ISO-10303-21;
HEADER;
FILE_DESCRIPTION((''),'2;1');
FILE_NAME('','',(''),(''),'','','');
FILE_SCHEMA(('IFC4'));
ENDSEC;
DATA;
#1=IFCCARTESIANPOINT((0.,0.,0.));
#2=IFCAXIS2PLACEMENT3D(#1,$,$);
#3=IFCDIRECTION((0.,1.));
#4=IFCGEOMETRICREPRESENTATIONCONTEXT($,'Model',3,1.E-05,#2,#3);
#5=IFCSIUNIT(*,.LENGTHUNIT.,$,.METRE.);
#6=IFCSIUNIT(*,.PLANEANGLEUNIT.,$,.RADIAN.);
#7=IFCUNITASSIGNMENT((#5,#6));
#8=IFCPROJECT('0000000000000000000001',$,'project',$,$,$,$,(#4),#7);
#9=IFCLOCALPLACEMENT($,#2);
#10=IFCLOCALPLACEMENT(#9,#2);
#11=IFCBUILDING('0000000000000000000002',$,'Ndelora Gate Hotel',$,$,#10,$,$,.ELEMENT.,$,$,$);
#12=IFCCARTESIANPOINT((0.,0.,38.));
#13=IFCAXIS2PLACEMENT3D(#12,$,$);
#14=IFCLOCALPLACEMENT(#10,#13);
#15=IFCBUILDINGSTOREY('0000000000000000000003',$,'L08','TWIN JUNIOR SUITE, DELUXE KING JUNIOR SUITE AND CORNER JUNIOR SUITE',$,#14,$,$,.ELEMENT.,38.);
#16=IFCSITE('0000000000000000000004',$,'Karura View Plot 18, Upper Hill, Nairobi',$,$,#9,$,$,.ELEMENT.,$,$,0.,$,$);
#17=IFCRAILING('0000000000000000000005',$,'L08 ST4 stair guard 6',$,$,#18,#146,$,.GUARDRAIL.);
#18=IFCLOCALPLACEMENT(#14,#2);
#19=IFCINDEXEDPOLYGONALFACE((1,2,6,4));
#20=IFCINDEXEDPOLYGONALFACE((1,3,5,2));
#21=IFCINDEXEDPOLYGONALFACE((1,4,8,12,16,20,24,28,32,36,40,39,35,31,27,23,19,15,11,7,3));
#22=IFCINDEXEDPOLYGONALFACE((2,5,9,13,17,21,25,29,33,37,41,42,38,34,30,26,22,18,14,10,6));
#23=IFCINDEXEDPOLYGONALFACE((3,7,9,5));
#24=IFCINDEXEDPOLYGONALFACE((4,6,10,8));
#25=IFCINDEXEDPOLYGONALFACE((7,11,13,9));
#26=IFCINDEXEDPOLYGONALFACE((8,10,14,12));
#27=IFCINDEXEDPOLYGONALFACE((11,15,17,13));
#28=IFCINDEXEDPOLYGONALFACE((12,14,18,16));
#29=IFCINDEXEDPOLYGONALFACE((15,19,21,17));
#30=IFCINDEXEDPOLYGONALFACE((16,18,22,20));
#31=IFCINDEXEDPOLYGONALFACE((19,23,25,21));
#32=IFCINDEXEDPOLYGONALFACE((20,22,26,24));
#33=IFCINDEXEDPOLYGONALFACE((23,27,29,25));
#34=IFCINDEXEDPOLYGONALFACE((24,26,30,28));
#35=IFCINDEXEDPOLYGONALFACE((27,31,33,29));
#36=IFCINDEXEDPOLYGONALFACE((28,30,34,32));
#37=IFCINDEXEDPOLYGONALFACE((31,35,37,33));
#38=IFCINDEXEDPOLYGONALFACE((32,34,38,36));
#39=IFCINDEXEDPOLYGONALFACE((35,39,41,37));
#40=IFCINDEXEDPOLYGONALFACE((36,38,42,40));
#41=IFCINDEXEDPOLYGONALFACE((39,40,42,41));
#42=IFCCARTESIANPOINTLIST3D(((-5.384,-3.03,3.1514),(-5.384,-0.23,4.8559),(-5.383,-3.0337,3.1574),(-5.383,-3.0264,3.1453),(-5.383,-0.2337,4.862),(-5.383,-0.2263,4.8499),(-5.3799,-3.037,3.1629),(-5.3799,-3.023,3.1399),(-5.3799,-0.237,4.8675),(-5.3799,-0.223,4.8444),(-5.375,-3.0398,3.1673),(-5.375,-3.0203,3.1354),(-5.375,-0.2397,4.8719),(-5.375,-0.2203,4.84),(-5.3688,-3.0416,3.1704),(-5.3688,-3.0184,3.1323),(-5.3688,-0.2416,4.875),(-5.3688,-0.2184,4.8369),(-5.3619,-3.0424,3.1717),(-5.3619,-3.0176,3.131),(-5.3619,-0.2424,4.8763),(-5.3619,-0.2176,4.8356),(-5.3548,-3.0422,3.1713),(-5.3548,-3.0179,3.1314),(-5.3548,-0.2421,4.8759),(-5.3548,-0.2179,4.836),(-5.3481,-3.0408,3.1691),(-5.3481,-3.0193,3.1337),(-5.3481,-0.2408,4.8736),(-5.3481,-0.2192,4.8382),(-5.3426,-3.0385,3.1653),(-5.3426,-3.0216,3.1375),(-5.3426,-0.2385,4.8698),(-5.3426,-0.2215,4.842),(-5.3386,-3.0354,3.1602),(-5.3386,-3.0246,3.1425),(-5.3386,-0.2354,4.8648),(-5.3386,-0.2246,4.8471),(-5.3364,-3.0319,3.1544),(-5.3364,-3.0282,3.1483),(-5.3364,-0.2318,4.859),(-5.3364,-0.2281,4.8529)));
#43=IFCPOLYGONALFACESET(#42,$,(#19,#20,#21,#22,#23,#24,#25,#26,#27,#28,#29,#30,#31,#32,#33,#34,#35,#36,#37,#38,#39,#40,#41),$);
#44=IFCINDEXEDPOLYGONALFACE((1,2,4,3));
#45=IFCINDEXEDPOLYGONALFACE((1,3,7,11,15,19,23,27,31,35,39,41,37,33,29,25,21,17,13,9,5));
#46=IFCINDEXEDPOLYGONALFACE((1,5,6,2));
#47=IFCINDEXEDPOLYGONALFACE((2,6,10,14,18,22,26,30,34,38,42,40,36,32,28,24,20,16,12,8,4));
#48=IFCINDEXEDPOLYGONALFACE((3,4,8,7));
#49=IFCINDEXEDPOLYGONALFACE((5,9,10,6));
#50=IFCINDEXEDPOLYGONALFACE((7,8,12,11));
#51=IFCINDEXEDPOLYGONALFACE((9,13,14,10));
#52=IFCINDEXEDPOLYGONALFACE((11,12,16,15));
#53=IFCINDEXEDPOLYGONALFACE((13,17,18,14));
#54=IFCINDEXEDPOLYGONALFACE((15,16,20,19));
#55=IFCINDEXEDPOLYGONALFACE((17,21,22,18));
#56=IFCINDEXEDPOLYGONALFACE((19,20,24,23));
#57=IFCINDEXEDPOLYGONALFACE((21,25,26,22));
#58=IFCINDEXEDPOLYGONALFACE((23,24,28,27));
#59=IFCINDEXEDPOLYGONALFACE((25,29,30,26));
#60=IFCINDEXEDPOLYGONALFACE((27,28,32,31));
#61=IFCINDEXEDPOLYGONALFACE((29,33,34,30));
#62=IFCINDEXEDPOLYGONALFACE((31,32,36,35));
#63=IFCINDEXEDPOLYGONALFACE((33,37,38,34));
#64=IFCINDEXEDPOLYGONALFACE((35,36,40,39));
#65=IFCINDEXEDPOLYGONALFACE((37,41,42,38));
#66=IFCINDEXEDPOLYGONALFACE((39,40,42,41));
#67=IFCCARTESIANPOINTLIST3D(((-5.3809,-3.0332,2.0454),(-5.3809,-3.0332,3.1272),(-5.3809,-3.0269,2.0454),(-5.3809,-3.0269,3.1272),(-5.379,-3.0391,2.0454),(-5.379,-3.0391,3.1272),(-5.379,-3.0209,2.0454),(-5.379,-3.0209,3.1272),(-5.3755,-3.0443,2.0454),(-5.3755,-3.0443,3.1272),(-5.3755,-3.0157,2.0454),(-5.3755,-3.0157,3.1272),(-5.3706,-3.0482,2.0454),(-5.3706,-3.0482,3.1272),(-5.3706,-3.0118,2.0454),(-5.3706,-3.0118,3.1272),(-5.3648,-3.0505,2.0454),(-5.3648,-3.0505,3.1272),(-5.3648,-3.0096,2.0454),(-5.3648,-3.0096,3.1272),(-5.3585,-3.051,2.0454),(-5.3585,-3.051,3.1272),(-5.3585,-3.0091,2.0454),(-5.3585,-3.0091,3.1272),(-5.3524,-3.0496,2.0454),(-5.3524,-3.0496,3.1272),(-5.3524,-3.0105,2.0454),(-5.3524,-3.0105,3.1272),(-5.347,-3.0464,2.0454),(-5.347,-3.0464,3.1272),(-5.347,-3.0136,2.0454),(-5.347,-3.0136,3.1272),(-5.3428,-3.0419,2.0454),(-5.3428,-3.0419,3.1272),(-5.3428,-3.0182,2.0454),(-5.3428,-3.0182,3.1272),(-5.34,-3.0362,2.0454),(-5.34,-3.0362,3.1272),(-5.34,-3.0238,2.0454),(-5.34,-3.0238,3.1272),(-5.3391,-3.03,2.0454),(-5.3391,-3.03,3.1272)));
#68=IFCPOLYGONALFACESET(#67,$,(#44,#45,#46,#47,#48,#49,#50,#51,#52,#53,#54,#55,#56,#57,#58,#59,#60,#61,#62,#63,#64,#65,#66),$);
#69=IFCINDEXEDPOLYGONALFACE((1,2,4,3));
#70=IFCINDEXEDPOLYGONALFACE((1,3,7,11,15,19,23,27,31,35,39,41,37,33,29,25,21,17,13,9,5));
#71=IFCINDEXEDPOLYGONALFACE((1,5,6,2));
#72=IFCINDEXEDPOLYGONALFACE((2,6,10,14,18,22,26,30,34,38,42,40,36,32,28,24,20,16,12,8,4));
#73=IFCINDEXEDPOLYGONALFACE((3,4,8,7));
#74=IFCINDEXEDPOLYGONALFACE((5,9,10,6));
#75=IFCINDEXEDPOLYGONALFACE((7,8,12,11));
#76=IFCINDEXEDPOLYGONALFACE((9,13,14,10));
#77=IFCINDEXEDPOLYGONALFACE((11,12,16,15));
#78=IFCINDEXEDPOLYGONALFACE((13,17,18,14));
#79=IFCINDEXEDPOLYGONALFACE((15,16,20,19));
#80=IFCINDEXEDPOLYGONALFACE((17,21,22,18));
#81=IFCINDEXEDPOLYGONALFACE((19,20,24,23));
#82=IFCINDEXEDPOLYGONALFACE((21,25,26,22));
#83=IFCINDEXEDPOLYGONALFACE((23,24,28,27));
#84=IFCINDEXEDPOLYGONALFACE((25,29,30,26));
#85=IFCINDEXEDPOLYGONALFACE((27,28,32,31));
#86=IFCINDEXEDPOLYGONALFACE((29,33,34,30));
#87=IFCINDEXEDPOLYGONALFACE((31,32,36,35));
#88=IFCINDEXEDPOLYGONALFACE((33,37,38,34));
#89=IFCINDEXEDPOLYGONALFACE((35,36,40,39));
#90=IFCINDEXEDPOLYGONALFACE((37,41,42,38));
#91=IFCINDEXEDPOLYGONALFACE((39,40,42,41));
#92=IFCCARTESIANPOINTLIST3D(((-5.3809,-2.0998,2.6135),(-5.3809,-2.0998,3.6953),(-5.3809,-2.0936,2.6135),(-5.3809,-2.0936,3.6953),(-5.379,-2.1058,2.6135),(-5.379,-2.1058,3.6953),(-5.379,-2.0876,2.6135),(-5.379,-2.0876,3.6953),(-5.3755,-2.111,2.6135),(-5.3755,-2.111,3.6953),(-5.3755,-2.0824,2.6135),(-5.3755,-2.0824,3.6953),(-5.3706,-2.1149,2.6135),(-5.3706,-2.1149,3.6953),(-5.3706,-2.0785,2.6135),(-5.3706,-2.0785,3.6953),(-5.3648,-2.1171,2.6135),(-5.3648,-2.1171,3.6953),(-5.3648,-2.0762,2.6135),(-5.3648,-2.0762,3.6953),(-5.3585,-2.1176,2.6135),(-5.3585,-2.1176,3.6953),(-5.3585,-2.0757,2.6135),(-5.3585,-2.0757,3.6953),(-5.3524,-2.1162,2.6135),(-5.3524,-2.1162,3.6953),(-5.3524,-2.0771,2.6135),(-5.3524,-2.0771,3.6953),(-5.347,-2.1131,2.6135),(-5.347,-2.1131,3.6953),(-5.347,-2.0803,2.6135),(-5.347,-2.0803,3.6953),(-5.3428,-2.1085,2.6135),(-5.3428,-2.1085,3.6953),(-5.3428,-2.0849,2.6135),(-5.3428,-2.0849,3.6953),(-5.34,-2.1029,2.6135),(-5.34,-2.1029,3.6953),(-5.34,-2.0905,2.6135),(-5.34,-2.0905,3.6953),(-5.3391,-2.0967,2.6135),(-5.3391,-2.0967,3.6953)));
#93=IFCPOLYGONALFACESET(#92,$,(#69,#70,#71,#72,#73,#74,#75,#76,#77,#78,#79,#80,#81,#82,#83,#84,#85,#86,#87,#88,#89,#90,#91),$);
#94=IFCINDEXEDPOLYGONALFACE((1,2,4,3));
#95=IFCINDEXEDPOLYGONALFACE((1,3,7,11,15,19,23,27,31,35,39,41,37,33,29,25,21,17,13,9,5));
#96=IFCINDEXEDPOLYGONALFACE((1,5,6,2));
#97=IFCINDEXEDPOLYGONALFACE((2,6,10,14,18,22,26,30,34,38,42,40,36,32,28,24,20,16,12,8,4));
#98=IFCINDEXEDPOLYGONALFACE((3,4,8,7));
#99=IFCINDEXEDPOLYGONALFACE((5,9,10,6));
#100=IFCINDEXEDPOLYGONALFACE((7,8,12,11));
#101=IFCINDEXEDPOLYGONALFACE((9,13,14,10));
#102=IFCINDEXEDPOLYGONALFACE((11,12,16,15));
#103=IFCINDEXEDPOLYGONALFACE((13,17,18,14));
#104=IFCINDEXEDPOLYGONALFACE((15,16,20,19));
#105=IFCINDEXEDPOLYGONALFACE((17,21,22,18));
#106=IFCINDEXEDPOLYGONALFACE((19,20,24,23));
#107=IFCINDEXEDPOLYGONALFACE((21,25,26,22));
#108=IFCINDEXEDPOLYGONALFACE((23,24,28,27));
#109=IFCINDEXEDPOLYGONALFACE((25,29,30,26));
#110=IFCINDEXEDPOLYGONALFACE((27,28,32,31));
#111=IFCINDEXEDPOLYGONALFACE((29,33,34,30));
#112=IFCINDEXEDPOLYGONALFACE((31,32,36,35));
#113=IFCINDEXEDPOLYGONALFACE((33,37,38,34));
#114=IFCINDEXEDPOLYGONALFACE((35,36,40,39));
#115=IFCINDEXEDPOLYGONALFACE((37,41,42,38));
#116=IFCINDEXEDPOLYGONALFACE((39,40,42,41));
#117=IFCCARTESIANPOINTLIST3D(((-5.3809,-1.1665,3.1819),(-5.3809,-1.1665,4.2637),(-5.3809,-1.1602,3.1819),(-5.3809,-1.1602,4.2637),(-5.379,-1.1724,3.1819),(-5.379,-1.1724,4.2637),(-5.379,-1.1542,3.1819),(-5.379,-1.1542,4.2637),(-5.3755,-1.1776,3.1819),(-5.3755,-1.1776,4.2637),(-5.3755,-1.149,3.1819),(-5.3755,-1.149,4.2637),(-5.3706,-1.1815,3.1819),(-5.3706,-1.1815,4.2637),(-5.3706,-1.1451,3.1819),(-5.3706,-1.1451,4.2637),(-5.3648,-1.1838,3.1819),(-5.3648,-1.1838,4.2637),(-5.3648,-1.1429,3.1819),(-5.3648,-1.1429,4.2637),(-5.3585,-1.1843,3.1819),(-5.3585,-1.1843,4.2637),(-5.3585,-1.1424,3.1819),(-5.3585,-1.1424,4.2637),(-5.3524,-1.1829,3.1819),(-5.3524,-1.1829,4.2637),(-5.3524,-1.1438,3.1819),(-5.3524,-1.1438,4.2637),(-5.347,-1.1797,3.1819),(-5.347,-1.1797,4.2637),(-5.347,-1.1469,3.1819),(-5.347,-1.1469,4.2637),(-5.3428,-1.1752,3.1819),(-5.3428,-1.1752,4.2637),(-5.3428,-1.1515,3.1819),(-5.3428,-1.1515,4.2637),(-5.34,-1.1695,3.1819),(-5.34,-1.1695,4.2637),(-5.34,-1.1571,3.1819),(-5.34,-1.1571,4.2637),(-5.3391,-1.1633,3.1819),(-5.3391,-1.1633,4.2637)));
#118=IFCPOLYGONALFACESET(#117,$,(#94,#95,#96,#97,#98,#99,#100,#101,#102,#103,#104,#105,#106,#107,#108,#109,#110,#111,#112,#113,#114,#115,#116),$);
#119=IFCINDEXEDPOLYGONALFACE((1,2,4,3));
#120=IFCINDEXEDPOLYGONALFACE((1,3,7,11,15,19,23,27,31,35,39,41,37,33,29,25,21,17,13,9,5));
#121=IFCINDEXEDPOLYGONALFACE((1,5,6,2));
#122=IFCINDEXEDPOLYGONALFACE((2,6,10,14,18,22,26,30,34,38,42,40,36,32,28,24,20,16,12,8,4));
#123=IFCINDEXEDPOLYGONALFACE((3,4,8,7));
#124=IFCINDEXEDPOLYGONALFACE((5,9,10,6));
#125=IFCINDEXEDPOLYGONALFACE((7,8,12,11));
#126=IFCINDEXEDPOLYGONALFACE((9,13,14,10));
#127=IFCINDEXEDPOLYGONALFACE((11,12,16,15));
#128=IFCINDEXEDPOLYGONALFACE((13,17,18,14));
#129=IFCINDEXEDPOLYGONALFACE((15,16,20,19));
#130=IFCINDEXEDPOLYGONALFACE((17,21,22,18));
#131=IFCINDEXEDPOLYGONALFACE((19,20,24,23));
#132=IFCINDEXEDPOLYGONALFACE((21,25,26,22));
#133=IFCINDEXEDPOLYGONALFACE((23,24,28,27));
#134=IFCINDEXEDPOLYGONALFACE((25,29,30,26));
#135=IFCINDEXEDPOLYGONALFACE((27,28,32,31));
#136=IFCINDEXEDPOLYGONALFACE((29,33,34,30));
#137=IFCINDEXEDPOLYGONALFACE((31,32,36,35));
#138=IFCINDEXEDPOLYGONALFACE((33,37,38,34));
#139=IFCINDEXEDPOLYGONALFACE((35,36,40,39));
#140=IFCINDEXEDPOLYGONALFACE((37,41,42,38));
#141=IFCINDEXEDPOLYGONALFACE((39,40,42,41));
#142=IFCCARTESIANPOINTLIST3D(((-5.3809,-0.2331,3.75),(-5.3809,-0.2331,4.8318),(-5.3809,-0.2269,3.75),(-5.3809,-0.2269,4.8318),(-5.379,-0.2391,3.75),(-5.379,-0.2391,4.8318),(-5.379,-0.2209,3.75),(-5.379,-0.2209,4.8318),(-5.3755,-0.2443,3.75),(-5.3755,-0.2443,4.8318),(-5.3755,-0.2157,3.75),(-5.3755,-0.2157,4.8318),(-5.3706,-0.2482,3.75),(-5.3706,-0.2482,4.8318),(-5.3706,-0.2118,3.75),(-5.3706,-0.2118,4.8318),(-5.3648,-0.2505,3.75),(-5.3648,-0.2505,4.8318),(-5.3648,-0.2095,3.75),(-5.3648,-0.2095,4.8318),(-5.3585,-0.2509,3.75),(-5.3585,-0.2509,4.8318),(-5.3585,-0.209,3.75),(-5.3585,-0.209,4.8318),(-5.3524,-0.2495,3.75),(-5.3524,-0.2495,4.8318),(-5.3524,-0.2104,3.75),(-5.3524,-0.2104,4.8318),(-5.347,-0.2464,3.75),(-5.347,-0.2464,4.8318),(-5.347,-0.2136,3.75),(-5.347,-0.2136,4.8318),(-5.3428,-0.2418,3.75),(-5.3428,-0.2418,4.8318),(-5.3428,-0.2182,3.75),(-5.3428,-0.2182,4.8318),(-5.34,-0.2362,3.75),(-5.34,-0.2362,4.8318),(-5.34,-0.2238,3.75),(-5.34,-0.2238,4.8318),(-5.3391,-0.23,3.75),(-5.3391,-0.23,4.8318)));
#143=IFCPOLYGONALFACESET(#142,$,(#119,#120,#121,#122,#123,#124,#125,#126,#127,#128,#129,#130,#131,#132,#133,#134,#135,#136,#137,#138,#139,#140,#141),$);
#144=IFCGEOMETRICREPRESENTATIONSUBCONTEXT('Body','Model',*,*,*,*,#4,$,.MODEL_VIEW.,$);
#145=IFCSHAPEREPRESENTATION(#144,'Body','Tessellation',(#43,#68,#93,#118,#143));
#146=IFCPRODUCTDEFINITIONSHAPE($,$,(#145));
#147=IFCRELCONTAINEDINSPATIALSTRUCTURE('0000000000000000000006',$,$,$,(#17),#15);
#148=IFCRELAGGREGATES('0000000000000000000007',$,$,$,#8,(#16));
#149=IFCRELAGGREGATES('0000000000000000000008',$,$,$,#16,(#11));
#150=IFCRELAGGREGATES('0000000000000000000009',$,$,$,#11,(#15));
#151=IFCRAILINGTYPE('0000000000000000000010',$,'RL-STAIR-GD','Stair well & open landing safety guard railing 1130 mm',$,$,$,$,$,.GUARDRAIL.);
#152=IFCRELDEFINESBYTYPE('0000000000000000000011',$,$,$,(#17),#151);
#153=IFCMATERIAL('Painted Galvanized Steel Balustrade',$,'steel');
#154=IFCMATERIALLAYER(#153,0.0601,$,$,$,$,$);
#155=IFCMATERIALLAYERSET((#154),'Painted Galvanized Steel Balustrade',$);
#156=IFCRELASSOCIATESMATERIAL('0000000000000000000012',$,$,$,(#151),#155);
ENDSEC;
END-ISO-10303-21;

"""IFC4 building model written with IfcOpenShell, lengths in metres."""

from ifc_helpers import new_model, si_unit, direction, frame, origin, origin_2d, place, context, subcontext, project, spatial, circle, extrude, material, layer, layer_set, type_object, element, save


model = new_model("IFC4")

# Units and contexts
model_context = context("Model", 3, precision=1e-05, world=origin(), true_north=direction((0.0, 1.0)))
body_context = subcontext(model_context, "Body", "Model", "MODEL_VIEW")
ifc_project = project(units=[si_unit("LENGTHUNIT", "METRE"), si_unit("PLANEANGLEUNIT", "RADIAN")], contexts=[model_context])

# Site, building, storey
site_placement = place(None, origin())
site = spatial("IfcSite", under=ifc_project, at=site_placement, Name="Karura View Plot 18, Upper Hill, Nairobi", CompositionType="ELEMENT", RefElevation=0.0)
building_placement = place(site_placement, origin())
building = spatial("IfcBuilding", under=site, at=building_placement, Name="Ndelora Gate Hotel", CompositionType="ELEMENT")
storey_placement = place(building_placement, frame((0.0, 0.0, 38.0)))
storey = spatial("IfcBuildingStorey", under=building, at=storey_placement, Name="L08", Description="TWIN JUNIOR SUITE, DELUXE KING JUNIOR SUITE AND CORNER JUNIOR SUITE", CompositionType="ELEMENT", Elevation=38.0)

# Railing
ifc_material_1 = material(Name="Painted Galvanized Steel Balustrade", Category="steel")
ifc_layer_1 = layer(ifc_material_1, 0.0601)
ifc_layer_set_1 = layer_set([ifc_layer_1], Name="Painted Galvanized Steel Balustrade")
railing_type_1 = type_object("IfcRailingType", Name="RL-STAIR-GD", Description="Stair well & open landing safety guard railing 1130 mm", PredefinedType="GUARDRAIL", material=ifc_layer_set_1)
railing_1_placement = place(storey_placement, frame((-5.3601, -3.03, 2.0454)))
element("IfcRailing", 1, at=railing_1_placement, inside=storey, type_object=railing_type_1, Name="L08 ST4 stair guard 6", PredefinedType="GUARDRAIL", context=body_context, shape_type="SweptSolid", body=[
    extrude(circle(Radius=0.0239, at=origin_2d()), frame((0.0, 0.0, 1.106), z_axis=(0.0, 0.85417, 0.519994), x_axis=(-1.0, 0.0, 0.0)), (0.0, 0.0, 1.0), 3.2781),
    extrude(circle(Radius=0.021, at=origin_2d()), origin(), (0.0, 0.0, 1.0), 1.0818),
    extrude(circle(Radius=0.021, at=origin_2d()), frame((0.0, 0.9333, 0.5681)), (0.0, 0.0, 1.0), 1.0818),
    extrude(circle(Radius=0.021, at=origin_2d()), frame((0.0, 1.8667, 1.1365)), (0.0, 0.0, 1.0), 1.0818),
    extrude(circle(Radius=0.021, at=origin_2d()), frame((0.0, 2.8, 1.7046)), (0.0, 0.0, 1.0), 1.0818),
])

save(model, "model.ifc")
